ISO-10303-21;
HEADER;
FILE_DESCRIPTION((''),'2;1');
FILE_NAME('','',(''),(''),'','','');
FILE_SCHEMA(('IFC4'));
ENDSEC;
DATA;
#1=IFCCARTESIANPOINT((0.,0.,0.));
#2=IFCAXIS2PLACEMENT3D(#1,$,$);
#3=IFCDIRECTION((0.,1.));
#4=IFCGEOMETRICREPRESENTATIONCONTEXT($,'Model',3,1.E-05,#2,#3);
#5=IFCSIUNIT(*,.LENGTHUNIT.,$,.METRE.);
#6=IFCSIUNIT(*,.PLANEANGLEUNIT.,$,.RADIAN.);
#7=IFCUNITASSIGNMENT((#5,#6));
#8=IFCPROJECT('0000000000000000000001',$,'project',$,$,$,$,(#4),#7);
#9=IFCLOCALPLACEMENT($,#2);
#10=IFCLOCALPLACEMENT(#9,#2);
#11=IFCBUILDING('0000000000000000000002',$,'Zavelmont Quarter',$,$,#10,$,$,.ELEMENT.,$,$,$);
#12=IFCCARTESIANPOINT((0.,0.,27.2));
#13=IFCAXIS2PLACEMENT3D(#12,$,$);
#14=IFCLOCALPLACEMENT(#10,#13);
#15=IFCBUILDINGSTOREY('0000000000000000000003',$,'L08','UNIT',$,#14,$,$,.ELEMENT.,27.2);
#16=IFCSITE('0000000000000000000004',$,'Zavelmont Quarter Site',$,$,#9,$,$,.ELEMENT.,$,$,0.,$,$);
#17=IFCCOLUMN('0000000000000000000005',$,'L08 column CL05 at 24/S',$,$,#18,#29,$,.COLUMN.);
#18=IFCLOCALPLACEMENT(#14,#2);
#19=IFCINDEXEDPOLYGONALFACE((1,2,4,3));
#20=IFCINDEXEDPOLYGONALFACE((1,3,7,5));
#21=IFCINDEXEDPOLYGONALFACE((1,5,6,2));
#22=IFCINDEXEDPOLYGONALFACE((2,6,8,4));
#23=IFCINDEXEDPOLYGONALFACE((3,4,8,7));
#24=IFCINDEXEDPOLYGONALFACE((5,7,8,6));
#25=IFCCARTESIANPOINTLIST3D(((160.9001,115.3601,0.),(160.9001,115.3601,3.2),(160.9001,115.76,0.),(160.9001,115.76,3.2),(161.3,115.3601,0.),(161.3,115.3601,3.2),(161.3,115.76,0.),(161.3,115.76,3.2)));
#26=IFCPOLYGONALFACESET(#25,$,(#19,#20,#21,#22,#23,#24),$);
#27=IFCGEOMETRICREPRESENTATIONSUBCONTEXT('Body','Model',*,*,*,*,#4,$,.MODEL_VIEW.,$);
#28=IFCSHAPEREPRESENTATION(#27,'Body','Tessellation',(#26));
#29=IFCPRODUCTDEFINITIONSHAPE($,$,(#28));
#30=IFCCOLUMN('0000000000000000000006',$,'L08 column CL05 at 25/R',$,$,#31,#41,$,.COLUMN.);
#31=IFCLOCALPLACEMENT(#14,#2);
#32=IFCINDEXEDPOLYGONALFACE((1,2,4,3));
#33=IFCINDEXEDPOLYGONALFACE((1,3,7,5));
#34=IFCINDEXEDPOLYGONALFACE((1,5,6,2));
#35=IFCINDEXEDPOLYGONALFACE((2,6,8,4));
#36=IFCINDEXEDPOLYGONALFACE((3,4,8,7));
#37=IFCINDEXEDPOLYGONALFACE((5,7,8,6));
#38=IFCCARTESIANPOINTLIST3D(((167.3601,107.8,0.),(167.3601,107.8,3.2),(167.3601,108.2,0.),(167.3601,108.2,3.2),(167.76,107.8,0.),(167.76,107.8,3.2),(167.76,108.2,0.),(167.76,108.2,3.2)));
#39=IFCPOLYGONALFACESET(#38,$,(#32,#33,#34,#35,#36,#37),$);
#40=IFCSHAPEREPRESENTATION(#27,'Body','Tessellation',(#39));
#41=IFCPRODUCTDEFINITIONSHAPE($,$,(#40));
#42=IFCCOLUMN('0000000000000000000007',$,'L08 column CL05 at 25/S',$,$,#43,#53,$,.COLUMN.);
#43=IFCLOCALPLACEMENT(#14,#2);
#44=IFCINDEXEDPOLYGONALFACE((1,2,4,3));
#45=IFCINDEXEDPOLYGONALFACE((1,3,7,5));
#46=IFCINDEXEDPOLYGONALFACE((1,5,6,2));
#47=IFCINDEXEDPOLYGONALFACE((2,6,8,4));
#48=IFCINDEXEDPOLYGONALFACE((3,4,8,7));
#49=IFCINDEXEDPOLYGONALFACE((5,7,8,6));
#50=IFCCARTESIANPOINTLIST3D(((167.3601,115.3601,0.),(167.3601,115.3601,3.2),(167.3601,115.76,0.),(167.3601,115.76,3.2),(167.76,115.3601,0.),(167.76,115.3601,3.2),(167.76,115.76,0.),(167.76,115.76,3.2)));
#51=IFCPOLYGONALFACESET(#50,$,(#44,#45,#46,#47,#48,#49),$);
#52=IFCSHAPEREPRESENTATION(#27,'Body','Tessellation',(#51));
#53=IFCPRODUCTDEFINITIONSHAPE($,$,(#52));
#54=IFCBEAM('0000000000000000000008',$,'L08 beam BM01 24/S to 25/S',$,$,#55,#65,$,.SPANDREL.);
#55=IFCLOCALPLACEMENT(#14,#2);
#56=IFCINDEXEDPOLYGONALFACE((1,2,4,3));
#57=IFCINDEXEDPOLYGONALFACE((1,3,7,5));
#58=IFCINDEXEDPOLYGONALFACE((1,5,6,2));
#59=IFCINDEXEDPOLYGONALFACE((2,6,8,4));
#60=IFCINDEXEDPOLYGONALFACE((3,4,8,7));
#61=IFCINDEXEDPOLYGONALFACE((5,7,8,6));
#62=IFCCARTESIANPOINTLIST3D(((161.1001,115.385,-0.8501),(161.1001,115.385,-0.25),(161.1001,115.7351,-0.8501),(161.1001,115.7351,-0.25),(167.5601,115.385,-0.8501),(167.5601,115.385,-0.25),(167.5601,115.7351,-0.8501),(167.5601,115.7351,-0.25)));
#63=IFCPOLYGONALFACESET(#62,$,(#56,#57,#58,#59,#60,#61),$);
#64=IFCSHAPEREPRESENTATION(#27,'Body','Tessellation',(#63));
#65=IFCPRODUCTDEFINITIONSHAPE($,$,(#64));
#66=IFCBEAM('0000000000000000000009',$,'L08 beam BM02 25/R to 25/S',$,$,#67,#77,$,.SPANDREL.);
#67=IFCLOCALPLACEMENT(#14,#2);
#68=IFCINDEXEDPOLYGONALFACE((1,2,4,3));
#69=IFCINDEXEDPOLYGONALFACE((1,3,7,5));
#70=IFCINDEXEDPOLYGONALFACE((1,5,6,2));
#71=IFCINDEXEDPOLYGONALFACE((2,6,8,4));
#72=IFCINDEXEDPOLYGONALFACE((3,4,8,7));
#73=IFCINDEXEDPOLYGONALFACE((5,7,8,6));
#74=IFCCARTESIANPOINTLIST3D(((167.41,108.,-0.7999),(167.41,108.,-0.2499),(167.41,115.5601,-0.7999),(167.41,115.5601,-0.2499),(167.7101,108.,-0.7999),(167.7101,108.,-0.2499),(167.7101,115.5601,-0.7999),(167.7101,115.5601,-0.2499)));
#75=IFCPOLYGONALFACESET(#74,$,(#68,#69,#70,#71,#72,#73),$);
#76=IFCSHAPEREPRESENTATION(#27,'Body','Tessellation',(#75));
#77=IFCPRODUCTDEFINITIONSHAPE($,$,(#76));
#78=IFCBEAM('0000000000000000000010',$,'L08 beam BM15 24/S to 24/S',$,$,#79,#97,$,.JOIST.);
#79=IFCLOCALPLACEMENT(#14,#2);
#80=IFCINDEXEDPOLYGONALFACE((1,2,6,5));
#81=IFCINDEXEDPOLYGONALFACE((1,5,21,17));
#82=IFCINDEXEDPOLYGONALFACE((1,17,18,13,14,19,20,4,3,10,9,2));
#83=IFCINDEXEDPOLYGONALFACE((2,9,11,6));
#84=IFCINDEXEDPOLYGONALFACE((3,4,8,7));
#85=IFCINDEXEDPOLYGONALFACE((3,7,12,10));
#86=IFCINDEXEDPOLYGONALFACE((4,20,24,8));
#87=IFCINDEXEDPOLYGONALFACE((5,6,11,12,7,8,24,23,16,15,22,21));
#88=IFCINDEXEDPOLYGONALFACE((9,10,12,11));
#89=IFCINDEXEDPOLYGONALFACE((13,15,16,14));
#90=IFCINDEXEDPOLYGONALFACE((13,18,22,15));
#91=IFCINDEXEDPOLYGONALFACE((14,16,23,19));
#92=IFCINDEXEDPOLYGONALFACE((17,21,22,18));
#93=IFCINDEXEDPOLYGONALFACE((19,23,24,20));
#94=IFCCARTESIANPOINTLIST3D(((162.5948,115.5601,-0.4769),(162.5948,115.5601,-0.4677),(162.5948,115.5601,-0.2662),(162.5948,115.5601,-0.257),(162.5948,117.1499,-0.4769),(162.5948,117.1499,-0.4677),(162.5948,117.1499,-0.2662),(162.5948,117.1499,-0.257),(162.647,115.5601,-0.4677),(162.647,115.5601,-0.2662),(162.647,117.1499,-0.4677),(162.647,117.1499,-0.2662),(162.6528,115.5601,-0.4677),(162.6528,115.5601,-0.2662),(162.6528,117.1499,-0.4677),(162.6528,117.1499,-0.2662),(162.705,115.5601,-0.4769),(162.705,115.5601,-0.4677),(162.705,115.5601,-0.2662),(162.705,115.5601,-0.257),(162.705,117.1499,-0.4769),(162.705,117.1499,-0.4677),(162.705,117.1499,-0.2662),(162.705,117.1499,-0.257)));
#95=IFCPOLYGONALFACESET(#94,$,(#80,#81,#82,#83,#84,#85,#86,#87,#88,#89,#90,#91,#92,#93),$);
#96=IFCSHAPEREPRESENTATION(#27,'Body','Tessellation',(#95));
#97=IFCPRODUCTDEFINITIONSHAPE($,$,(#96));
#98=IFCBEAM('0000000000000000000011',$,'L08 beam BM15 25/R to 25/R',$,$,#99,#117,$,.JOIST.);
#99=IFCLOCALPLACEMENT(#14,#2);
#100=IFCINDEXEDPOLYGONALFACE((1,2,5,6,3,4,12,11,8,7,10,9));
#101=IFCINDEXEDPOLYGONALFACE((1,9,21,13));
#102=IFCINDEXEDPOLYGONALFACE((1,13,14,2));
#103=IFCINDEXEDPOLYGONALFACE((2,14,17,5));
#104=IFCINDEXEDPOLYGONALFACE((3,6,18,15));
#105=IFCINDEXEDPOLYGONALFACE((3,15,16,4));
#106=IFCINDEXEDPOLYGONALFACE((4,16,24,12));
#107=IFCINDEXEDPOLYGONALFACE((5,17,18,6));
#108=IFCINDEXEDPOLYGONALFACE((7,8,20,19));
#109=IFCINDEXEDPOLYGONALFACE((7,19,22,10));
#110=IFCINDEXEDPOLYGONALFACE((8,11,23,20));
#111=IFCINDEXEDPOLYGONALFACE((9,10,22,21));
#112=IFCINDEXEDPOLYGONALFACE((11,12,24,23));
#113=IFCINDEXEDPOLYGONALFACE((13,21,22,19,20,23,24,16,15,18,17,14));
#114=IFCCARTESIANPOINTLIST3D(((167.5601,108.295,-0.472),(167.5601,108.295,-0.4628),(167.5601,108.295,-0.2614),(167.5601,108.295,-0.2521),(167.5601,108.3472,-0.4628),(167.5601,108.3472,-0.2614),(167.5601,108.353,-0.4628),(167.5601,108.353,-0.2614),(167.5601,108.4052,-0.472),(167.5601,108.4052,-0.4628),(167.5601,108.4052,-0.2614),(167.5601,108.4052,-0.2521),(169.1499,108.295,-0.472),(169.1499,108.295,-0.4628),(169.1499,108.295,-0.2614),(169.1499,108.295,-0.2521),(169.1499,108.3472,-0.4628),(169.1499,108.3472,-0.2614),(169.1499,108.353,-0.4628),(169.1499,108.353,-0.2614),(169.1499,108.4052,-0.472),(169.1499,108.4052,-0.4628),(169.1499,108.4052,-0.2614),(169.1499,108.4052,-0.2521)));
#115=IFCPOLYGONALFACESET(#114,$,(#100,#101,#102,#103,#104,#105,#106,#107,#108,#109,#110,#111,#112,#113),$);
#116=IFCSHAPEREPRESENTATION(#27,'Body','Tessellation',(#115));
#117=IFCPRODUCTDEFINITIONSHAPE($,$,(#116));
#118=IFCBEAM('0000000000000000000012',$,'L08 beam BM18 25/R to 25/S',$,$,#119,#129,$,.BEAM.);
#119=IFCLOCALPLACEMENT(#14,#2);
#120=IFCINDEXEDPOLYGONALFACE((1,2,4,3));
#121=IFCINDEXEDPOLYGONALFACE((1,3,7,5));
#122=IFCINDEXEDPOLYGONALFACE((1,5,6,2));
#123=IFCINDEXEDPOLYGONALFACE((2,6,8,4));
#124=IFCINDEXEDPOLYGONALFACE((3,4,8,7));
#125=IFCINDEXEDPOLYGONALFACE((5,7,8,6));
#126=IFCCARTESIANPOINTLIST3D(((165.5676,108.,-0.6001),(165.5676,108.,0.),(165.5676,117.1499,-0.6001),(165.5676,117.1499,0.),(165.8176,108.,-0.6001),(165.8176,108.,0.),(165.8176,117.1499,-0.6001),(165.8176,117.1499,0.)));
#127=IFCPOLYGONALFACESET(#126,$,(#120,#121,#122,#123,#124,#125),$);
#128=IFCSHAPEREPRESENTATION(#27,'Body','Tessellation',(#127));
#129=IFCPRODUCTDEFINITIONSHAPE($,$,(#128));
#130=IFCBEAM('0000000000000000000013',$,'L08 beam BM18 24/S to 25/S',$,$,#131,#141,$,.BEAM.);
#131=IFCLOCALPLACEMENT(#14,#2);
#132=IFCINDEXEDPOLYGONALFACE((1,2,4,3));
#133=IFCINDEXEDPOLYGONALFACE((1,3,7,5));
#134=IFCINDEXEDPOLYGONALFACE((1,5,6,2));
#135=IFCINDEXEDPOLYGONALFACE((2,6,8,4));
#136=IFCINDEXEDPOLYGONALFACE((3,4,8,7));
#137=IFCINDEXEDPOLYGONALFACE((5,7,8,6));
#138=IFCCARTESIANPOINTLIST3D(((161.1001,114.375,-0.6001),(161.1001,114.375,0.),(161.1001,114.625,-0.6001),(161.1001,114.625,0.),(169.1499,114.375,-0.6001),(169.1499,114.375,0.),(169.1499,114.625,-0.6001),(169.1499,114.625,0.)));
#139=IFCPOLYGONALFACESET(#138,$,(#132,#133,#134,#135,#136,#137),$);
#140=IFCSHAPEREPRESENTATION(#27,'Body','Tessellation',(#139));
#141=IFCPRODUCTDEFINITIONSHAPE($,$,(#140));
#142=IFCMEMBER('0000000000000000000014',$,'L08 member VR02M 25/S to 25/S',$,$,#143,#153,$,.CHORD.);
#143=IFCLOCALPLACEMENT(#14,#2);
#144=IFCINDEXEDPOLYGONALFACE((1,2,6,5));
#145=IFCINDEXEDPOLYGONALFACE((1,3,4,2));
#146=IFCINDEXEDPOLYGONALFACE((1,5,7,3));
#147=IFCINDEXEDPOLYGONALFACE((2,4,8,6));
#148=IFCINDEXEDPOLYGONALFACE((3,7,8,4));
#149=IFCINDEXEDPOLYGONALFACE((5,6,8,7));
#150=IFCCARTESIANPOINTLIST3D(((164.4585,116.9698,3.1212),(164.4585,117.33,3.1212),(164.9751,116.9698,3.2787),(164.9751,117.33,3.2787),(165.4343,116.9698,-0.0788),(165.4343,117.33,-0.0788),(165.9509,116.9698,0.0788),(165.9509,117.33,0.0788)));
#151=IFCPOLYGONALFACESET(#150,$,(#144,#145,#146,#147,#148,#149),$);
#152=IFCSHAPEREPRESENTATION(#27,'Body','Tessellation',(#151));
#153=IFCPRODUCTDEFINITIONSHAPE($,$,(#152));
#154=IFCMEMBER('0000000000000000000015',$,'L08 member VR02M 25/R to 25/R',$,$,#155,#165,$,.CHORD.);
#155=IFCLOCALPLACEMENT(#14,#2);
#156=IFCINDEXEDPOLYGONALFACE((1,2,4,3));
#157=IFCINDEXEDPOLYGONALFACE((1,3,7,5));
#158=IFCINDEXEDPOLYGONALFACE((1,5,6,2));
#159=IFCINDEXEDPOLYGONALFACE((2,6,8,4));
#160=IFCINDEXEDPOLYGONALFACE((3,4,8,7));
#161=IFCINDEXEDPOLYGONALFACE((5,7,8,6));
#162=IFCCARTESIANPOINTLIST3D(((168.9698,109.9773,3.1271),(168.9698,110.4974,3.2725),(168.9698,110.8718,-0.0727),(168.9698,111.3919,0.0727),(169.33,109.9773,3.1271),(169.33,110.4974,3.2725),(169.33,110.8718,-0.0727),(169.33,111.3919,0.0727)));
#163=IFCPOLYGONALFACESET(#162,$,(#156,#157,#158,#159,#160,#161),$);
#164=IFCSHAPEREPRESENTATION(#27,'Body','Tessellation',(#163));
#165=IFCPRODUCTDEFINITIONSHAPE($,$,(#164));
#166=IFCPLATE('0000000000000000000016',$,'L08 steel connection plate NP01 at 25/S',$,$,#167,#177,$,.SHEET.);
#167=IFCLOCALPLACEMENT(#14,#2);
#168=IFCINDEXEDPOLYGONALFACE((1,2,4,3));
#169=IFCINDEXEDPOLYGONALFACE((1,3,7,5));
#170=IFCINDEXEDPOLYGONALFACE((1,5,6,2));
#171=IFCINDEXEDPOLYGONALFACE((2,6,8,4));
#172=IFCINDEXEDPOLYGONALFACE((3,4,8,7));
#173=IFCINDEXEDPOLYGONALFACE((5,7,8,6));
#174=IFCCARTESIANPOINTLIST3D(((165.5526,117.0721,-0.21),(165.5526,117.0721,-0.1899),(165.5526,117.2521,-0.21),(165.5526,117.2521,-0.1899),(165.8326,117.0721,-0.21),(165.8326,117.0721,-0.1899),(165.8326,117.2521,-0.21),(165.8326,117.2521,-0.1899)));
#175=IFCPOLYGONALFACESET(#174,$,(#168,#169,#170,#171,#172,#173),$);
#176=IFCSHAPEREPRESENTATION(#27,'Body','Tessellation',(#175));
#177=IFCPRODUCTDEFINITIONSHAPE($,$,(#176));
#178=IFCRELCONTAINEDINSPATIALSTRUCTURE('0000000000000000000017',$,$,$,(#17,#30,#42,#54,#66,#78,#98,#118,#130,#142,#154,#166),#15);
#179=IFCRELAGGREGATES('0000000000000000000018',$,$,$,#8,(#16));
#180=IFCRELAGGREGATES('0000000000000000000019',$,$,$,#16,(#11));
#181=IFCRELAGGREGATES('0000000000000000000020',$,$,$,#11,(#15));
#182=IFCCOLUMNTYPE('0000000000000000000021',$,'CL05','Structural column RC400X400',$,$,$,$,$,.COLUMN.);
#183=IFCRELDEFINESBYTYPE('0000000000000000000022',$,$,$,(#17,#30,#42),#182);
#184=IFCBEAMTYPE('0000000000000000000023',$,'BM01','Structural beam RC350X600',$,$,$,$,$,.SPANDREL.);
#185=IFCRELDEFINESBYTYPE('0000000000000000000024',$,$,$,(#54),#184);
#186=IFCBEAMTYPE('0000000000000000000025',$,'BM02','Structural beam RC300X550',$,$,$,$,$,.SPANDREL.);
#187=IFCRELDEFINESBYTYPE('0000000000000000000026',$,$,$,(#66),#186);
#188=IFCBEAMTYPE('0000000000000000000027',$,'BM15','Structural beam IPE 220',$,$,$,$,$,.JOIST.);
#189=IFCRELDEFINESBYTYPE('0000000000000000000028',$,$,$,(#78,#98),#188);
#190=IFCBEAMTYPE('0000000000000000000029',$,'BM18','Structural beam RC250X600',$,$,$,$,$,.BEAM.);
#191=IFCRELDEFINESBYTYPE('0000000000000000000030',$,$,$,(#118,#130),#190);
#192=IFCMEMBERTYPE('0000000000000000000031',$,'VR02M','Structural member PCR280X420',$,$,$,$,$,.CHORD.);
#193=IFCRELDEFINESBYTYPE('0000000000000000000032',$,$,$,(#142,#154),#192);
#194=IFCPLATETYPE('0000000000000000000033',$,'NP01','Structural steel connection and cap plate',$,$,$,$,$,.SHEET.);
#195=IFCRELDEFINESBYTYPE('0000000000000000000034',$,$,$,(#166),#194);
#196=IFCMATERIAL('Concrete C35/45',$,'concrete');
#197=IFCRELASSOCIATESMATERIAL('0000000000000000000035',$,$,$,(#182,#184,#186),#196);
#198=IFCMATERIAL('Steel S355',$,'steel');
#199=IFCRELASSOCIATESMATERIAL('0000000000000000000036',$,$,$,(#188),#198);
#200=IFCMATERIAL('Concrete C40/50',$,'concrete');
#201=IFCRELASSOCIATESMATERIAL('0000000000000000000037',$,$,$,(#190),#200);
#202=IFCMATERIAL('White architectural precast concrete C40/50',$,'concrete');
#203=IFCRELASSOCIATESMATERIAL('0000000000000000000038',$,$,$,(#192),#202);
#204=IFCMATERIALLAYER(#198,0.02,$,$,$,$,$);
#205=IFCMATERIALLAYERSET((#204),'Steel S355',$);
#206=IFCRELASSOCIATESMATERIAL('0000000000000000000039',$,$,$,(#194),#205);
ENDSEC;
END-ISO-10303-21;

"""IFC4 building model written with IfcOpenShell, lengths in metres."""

from ifc_helpers import new_model, si_unit, direction, frame, origin, origin_2d, place, context, subcontext, project, spatial, rectangle, i_section, extrude, material, layer, layer_set, material_profile, profile_set, type_object, element, save


model = new_model("IFC4")

# Units and contexts
model_context = context("Model", 3, precision=1e-05, world=origin(), true_north=direction((0.0, 1.0)))
body_context = subcontext(model_context, "Body", "Model", "MODEL_VIEW")
ifc_project = project(units=[si_unit("LENGTHUNIT", "METRE"), si_unit("PLANEANGLEUNIT", "RADIAN")], contexts=[model_context])

# Site, building, storey
site_placement = place(None, origin())
site = spatial("IfcSite", under=ifc_project, at=site_placement, Name="Zavelmont Quarter Site", CompositionType="ELEMENT", RefElevation=0.0)
building_placement = place(site_placement, origin())
building = spatial("IfcBuilding", under=site, at=building_placement, Name="Zavelmont Quarter", CompositionType="ELEMENT")
storey_placement = place(building_placement, frame((0.0, 0.0, 27.2)))
storey = spatial("IfcBuildingStorey", under=building, at=storey_placement, Name="L08", Description="UNIT", CompositionType="ELEMENT", Elevation=27.2)

# Columns
ifc_material_1 = material(Name="Concrete C35/45", Category="concrete")
ifc_material_profile_1 = material_profile(ifc_material_1, rectangle(XDim=0.3999, YDim=0.3999, at=origin_2d()), Name="RC400X400")
ifc_profile_set_1 = profile_set([ifc_material_profile_1], Name="Concrete C35/45")
column_type = type_object("IfcColumnType", Name="CL05", Description="Structural column RC400X400", PredefinedType="COLUMN", material=ifc_profile_set_1)
for number, where, z_axis, x_axis, name in (
    (1, (161.1001, 115.5601, 0.0), (0.0, 0.0, 1.0), (1.0, 0.0, 0.0), "L08 column CL05 at 24/S"),
    (2, (167.5601, 108.0, 0.0), (0.0, 0.0, 1.0), (1.0, 0.0, 0.0), "L08 column CL05 at 25/R"),
    (3, (167.5601, 115.5601, 0.0), (0.0, 0.0, 1.0), (1.0, 0.0, 0.0), "L08 column CL05 at 25/S"),
):
    element("IfcColumn", number, at=place(storey_placement, frame(where, z_axis=z_axis, x_axis=x_axis)), inside=storey, type_object=column_type, Name=name, PredefinedType="COLUMN", context=body_context, shape_type="SweptSolid", body=[
        extrude(rectangle(XDim=0.3999, YDim=0.3999, at=origin_2d()), origin(), (0.0, 0.0, 1.0), 3.2),
    ])

# Beams
ifc_material_profile_2 = material_profile(ifc_material_1, rectangle(XDim=0.3501, YDim=0.6001, at=origin_2d()), Name="RC350X600")
ifc_profile_set_2 = profile_set([ifc_material_profile_2], Name="Concrete C35/45")
beam_type_1 = type_object("IfcBeamType", Name="BM01", Description="Structural beam RC350X600", PredefinedType="SPANDREL", material=ifc_profile_set_2)
beam_1_placement = place(storey_placement, frame((161.1001, 115.5601, -0.55), z_axis=(1.0, 0.0, 0.0), x_axis=(0.0, 1.0, 0.0)))
element("IfcBeam", 4, at=beam_1_placement, inside=storey, type_object=beam_type_1, Name="L08 beam BM01 24/S to 25/S", PredefinedType="SPANDREL", context=body_context, shape_type="SweptSolid", body=[
    extrude(rectangle(XDim=0.3501, YDim=0.6001, at=origin_2d()), origin(), (0.0, 0.0, 1.0), 6.46),
])
ifc_material_profile_3 = material_profile(ifc_material_1, rectangle(XDim=0.3, YDim=0.55, at=origin_2d()), Name="RC300X550")
ifc_profile_set_3 = profile_set([ifc_material_profile_3], Name="Concrete C35/45")
beam_type_2 = type_object("IfcBeamType", Name="BM02", Description="Structural beam RC300X550", PredefinedType="SPANDREL", material=ifc_profile_set_3)
beam_2_placement = place(storey_placement, frame((167.5601, 108.0, -0.5249), z_axis=(0.0, 1.0, 0.0), x_axis=(-1.0, 0.0, 0.0)))
element("IfcBeam", 5, at=beam_2_placement, inside=storey, type_object=beam_type_2, Name="L08 beam BM02 25/R to 25/S", PredefinedType="SPANDREL", context=body_context, shape_type="SweptSolid", body=[
    extrude(rectangle(XDim=0.3, YDim=0.55, at=origin_2d()), origin(), (0.0, 0.0, 1.0), 7.5601),
])
ifc_material_2 = material(Name="Steel S355", Category="steel")
ifc_material_profile_4 = material_profile(ifc_material_2, i_section(OverallWidth=0.1101, OverallDepth=0.22, WebThickness=0.0059, FlangeThickness=0.0093, at=origin_2d()), Name="IPE 220")
ifc_profile_set_4 = profile_set([ifc_material_profile_4], Name="Steel S355")
beam_type_3 = type_object("IfcBeamType", Name="BM15", Description="Structural beam IPE 220", PredefinedType="JOIST", material=ifc_profile_set_4)
for number, where, z_axis, x_axis, name in (
    (6, (162.6499, 115.5601, -0.3669), (0.0, 1.0, 0.0), (-1.0, 0.0, 0.0), "L08 beam BM15 24/S to 24/S"),
    (7, (167.5601, 108.3501, -0.3621), (1.0, 0.0, 0.0), (0.0, 1.0, 0.0), "L08 beam BM15 25/R to 25/R"),
):
    element("IfcBeam", number, at=place(storey_placement, frame(where, z_axis=z_axis, x_axis=x_axis)), inside=storey, type_object=beam_type_3, Name=name, PredefinedType="JOIST", context=body_context, shape_type="SweptSolid", body=[
        extrude(i_section(OverallWidth=0.1101, OverallDepth=0.22, WebThickness=0.0059, FlangeThickness=0.0093, at=origin_2d()), origin(), (0.0, 0.0, 1.0), 1.5898),
    ])
ifc_material_3 = material(Name="Concrete C40/50", Category="concrete")
ifc_material_profile_5 = material_profile(ifc_material_3, rectangle(XDim=0.25, YDim=0.6001, at=origin_2d()), Name="RC250X600")
ifc_profile_set_5 = profile_set([ifc_material_profile_5], Name="Concrete C40/50")
beam_type_4 = type_object("IfcBeamType", Name="BM18", Description="Structural beam RC250X600", PredefinedType="BEAM", material=ifc_profile_set_5)
beam_3_placement = place(storey_placement, frame((165.6926, 108.0, -0.3), z_axis=(0.0, 1.0, 0.0), x_axis=(-1.0, 0.0, 0.0)))
element("IfcBeam", 8, at=beam_3_placement, inside=storey, type_object=beam_type_4, Name="L08 beam BM18 25/R to 25/S", PredefinedType="BEAM", context=body_context, shape_type="SweptSolid", body=[
    extrude(rectangle(XDim=0.25, YDim=0.6001, at=origin_2d()), origin(), (0.0, 0.0, 1.0), 9.1499),
])
beam_4_placement = place(storey_placement, frame((161.1001, 114.5, -0.3), z_axis=(1.0, 0.0, 0.0), x_axis=(0.0, 1.0, 0.0)))
element("IfcBeam", 9, at=beam_4_placement, inside=storey, type_object=beam_type_4, Name="L08 beam BM18 24/S to 25/S", PredefinedType="BEAM", context=body_context, shape_type="SweptSolid", body=[
    extrude(rectangle(XDim=0.25, YDim=0.6001, at=origin_2d()), origin(), (0.0, 0.0, 1.0), 8.0498),
])

# Members
ifc_material_4 = material(Name="White architectural precast concrete C40/50", Category="concrete")
ifc_material_profile_6 = material_profile(ifc_material_4, rectangle(XDim=0.3601, YDim=0.54, at=origin_2d()), Name="PCR280X420")
ifc_profile_set_6 = profile_set([ifc_material_profile_6], Name="White architectural precast concrete C40/50")
member_type = type_object("IfcMemberType", Name="VR02M", Description="Structural member PCR280X420", PredefinedType="CHORD", material=ifc_profile_set_6)
member_1_placement = place(storey_placement, frame((165.6926, 117.1499, 0.0), z_axis=(-0.29169, 0.0, 0.956513), x_axis=(0.0, -1.0, 0.0)))
element("IfcMember", 10, at=member_1_placement, inside=storey, type_object=member_type, Name="L08 member VR02M 25/S to 25/S", PredefinedType="CHORD", context=body_context, shape_type="SweptSolid", body=[
    extrude(rectangle(XDim=0.3601, YDim=0.54, at=origin_2d()), origin(), (0.0, 0.0, 1.0), 3.3455),
])
member_2_placement = place(storey_placement, frame((169.1499, 111.1318, 0.0), z_axis=(0.0, -0.269224, 0.963078), x_axis=(1.0, 0.0, 0.0)))
element("IfcMember", 11, at=member_2_placement, inside=storey, type_object=member_type, Name="L08 member VR02M 25/R to 25/R", PredefinedType="CHORD", context=body_context, shape_type="SweptSolid", body=[
    extrude(rectangle(XDim=0.3601, YDim=0.54, at=origin_2d()), origin(), (0.0, 0.0, 1.0), 3.3225),
])

# Plate
ifc_layer_1 = layer(ifc_material_2, 0.02)
ifc_layer_set_1 = layer_set([ifc_layer_1], Name="Steel S355")
plate_type = type_object("IfcPlateType", Name="NP01", Description="Structural steel connection and cap plate", PredefinedType="SHEET", material=ifc_layer_set_1)
plate_placement = place(storey_placement, frame((165.6926, 117.1621, -0.21), z_axis=(0.0, 0.0, 1.0), x_axis=(1.0, 0.0, 0.0)))
element("IfcPlate", 12, at=plate_placement, inside=storey, type_object=plate_type, Name="L08 steel connection plate NP01 at 25/S", PredefinedType="SHEET", context=body_context, shape_type="SweptSolid", body=[
    extrude(rectangle(XDim=0.28, YDim=0.1799, at=origin_2d()), origin(), (0.0, 0.0, 1.0), 0.02),
])

save(model, "model.ifc")
